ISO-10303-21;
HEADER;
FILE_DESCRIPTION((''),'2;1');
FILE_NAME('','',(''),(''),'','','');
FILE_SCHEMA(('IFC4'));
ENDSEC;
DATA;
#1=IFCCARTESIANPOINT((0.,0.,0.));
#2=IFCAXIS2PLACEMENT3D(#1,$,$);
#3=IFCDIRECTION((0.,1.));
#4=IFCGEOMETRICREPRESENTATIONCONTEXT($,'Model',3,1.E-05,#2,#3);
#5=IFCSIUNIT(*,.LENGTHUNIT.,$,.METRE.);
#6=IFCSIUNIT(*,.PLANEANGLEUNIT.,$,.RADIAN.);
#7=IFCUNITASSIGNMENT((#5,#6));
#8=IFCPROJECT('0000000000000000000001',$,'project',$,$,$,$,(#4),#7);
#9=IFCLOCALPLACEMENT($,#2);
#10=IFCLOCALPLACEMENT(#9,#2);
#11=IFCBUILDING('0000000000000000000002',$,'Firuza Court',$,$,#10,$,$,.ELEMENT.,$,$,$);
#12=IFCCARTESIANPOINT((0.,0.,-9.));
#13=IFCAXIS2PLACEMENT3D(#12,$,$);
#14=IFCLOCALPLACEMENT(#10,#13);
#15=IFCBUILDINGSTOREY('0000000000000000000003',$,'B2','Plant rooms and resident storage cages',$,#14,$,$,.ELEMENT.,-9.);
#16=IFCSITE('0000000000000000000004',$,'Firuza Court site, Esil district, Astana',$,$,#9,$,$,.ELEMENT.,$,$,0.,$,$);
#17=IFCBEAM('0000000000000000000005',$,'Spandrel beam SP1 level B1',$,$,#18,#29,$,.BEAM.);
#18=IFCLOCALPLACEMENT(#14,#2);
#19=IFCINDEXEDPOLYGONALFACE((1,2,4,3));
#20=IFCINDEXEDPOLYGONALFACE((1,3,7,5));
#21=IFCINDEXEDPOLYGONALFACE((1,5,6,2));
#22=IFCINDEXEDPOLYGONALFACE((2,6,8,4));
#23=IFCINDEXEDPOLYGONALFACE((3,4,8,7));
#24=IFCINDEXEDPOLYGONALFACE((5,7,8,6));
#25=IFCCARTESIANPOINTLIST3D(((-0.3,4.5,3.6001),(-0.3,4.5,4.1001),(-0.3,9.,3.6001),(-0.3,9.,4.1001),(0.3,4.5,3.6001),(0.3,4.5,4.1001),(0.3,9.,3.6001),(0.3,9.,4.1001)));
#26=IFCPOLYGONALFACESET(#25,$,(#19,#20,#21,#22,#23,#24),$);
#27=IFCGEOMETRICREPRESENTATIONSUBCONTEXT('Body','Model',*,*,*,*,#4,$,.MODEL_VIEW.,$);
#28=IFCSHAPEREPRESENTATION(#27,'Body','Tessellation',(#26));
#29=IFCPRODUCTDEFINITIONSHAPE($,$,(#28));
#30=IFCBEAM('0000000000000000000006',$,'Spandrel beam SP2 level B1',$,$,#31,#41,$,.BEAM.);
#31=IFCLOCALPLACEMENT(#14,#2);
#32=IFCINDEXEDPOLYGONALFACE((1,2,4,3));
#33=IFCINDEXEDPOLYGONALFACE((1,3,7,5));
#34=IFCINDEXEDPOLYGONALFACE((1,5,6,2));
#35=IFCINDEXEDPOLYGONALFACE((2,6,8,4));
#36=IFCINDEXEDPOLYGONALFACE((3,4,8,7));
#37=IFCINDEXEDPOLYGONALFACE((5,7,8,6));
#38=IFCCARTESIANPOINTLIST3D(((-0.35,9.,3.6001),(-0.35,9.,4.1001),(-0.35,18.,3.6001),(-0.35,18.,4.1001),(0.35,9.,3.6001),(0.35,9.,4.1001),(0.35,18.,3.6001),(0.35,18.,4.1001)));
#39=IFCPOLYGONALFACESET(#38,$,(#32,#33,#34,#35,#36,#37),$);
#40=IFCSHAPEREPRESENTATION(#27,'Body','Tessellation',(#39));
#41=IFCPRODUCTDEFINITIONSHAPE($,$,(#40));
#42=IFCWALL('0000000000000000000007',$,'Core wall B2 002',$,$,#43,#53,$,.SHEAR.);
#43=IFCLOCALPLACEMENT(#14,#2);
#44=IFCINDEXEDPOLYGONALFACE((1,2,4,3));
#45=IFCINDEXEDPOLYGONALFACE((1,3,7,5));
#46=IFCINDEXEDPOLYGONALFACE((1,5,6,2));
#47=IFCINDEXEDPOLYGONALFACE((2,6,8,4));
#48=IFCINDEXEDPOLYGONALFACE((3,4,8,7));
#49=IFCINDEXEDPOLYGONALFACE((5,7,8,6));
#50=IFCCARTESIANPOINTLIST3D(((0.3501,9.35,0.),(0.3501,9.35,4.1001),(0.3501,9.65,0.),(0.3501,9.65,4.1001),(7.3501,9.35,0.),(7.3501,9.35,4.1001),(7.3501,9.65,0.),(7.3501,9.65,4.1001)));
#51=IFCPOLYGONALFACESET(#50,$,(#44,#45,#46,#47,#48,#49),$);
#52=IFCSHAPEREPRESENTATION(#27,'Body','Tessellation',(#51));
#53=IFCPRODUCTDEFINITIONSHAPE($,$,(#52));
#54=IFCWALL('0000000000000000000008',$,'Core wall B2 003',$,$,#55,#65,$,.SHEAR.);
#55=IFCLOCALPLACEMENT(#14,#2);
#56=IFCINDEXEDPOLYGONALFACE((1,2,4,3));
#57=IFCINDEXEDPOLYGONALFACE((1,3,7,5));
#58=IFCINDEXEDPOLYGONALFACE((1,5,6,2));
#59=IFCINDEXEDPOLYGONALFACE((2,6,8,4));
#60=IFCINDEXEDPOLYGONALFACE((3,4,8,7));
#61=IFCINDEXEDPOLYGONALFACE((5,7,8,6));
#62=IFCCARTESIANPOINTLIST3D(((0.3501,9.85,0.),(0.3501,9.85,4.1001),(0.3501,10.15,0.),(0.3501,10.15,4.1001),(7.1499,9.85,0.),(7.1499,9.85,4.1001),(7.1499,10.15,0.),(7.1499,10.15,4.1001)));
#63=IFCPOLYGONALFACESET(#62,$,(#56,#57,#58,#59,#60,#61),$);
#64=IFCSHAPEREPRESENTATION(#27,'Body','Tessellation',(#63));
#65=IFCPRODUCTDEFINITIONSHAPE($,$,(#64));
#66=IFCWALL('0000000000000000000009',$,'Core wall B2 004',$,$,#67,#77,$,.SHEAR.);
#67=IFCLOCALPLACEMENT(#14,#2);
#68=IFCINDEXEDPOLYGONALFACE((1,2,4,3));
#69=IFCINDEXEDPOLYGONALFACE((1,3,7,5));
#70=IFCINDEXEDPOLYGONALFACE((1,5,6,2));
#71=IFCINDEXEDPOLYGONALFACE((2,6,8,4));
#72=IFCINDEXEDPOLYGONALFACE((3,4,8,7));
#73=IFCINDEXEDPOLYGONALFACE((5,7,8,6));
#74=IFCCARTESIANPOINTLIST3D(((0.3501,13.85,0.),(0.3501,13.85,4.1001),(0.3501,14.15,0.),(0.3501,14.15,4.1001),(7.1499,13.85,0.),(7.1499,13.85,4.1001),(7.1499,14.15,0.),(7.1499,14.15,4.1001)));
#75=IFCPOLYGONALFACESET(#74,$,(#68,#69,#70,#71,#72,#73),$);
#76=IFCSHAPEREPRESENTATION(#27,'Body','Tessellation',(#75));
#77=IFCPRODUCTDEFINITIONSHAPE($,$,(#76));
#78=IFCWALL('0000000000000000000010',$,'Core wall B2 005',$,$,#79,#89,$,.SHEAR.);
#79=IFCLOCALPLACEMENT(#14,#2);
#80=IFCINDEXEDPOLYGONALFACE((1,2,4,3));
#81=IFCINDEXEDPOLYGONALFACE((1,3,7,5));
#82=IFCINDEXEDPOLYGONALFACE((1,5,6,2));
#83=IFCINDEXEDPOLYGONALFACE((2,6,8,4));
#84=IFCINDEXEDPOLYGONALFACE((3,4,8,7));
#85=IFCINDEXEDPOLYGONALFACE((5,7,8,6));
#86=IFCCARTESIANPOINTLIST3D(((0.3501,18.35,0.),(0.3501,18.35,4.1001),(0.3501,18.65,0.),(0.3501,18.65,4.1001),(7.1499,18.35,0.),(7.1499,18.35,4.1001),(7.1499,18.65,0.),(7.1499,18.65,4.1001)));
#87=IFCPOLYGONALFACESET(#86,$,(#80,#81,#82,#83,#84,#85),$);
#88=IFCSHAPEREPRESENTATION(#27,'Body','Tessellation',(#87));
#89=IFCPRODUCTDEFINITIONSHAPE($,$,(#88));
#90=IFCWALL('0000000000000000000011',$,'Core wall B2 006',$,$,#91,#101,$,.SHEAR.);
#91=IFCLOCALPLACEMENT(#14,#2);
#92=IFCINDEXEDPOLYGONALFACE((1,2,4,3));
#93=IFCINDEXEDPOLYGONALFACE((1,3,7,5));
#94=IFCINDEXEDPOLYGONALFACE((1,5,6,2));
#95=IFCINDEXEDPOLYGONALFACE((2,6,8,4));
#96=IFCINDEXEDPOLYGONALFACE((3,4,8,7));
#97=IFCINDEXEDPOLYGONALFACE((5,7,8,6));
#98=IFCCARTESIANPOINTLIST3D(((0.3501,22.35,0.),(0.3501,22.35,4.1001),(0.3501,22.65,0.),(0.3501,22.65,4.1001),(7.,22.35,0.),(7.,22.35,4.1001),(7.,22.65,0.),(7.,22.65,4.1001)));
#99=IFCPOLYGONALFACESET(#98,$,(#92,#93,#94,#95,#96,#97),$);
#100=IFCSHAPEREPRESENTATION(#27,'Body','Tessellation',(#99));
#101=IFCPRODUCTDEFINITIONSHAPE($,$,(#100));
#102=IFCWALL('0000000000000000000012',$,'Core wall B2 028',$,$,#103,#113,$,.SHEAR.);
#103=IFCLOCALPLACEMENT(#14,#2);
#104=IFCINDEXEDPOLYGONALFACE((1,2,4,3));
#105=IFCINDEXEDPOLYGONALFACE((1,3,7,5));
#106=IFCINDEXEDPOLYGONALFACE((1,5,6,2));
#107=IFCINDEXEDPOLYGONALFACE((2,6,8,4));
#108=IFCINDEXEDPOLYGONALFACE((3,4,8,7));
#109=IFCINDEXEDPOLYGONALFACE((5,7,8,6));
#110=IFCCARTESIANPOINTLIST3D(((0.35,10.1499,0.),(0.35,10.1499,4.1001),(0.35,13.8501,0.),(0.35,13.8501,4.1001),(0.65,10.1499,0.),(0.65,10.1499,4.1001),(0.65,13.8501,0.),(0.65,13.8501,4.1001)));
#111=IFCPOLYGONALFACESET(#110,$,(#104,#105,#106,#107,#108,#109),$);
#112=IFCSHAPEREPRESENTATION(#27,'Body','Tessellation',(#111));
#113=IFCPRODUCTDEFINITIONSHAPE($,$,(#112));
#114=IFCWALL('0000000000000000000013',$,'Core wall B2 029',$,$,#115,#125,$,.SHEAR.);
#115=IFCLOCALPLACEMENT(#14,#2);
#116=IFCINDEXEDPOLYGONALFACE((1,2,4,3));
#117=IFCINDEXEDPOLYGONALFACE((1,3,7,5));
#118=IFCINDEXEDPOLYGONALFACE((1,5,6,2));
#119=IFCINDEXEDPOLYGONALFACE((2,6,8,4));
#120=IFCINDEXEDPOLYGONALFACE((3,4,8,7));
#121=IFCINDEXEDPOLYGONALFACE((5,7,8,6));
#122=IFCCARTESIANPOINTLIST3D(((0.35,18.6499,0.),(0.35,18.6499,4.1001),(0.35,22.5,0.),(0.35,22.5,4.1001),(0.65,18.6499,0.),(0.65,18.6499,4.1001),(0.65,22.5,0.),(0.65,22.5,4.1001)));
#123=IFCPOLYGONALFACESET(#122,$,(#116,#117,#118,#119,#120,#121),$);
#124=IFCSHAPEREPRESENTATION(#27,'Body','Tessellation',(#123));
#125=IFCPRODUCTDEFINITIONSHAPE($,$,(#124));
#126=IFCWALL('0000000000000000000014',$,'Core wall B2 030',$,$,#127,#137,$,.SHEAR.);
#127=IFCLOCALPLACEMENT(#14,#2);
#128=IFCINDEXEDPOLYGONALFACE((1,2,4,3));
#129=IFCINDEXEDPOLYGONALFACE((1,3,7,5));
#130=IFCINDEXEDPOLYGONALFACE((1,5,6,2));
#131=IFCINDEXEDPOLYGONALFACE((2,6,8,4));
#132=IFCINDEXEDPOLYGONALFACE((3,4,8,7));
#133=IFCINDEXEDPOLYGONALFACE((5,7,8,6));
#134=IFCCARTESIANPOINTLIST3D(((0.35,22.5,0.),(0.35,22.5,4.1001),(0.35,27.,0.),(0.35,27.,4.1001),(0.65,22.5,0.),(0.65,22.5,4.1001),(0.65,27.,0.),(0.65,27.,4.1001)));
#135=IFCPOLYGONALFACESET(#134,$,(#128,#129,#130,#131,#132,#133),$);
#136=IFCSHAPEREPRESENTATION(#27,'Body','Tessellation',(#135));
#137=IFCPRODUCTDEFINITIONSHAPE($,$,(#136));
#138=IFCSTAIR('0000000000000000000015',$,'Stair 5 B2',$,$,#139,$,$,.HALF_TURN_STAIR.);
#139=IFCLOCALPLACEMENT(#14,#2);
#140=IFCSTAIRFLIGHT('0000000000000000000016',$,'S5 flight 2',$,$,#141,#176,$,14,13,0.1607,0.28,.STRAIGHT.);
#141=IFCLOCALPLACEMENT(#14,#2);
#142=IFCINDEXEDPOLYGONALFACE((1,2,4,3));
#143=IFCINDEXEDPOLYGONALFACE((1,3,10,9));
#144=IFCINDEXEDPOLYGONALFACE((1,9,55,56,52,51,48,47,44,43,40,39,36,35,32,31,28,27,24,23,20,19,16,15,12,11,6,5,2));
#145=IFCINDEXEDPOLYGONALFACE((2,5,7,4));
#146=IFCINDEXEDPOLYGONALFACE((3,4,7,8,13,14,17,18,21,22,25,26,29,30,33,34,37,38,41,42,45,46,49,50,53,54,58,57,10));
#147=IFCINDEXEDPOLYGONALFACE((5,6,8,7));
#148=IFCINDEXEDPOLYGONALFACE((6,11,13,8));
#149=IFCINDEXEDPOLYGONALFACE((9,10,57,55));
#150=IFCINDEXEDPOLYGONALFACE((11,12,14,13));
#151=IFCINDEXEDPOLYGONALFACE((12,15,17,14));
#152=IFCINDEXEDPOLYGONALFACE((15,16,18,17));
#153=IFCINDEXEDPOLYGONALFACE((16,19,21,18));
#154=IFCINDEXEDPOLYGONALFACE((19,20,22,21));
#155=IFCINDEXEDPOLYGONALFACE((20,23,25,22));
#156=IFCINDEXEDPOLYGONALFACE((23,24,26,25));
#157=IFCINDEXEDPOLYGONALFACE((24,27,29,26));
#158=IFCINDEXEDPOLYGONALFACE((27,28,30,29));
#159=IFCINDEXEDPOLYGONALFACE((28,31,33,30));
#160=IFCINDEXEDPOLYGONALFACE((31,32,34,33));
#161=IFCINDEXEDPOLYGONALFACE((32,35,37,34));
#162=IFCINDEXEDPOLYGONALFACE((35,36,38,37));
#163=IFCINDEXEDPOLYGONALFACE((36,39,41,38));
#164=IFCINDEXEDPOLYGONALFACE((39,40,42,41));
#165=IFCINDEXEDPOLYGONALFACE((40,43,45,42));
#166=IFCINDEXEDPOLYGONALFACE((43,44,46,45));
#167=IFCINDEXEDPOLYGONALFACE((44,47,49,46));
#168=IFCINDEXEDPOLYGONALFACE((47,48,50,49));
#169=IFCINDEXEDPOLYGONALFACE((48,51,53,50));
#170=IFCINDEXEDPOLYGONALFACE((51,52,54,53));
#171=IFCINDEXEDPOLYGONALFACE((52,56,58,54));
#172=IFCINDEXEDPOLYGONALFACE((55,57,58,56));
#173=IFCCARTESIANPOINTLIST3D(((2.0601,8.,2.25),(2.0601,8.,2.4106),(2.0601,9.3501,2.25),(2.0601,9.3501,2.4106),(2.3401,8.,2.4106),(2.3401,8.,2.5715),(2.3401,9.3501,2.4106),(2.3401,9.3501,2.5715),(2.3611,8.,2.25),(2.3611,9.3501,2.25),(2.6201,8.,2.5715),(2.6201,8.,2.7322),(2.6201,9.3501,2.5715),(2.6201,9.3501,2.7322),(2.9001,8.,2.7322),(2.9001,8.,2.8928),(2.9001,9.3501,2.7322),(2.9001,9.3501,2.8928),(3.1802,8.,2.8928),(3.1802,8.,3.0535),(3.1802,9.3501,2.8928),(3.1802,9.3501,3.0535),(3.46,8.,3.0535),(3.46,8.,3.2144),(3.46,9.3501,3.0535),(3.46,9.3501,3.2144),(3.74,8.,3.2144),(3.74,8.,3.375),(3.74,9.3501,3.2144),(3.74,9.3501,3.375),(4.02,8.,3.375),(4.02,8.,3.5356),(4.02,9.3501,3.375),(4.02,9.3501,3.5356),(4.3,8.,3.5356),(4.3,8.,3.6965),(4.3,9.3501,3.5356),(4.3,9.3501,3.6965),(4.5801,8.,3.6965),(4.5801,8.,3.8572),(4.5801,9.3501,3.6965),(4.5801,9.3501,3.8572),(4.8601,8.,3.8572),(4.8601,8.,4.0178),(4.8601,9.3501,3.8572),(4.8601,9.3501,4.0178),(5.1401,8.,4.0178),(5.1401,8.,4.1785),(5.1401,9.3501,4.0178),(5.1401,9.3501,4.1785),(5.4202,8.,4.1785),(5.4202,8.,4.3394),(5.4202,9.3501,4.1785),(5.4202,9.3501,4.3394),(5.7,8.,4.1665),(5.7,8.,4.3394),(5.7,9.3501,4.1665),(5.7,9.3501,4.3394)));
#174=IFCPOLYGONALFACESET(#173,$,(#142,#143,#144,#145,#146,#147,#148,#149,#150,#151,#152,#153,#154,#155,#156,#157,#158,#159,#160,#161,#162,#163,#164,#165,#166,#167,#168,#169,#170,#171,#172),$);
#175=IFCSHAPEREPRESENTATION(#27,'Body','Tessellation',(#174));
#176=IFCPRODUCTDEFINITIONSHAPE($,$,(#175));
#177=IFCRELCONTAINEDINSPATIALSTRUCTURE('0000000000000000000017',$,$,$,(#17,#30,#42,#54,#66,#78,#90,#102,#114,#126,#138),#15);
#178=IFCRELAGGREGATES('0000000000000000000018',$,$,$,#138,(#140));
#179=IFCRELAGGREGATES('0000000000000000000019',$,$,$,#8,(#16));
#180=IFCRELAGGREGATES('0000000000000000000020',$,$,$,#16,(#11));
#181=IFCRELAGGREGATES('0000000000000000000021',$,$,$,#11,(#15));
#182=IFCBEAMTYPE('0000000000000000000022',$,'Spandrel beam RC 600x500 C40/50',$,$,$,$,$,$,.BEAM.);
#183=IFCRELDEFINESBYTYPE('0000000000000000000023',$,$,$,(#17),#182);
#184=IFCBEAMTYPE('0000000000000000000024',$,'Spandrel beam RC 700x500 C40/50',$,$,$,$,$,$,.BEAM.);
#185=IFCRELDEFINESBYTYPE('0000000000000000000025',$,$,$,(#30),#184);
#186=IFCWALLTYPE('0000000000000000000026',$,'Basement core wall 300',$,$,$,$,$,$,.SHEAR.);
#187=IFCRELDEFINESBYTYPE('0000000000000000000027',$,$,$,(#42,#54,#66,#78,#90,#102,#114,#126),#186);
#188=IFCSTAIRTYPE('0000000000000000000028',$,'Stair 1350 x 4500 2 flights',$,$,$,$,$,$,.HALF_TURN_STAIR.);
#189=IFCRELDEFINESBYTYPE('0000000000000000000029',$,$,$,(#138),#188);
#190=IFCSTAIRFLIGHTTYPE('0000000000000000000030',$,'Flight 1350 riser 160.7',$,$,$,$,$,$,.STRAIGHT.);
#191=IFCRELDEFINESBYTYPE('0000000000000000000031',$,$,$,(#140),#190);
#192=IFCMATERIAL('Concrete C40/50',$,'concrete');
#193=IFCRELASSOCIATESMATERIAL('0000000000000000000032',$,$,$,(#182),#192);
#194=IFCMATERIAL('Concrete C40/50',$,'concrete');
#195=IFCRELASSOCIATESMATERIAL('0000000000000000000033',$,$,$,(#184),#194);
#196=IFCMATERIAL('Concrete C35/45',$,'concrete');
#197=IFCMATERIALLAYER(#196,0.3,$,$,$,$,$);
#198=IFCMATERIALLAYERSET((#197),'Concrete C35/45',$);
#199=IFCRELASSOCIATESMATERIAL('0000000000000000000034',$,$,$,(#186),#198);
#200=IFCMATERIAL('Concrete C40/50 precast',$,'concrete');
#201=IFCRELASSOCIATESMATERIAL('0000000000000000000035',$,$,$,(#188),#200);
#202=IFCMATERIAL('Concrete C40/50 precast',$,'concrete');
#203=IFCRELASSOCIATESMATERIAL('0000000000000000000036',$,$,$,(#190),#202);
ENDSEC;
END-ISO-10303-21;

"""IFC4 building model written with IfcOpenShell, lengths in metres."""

from ifc_helpers import new_model, si_unit, direction, frame, frame_2d, origin, origin_2d, place, context, subcontext, project, spatial, polyline, rectangle, outline, extrude, material, layer, layer_set, material_profile, profile_set, type_object, element, aggregate, save


model = new_model("IFC4")

# Units and contexts
model_context = context("Model", 3, precision=1e-05, world=origin(), true_north=direction((0.0, 1.0)))
body_context = subcontext(model_context, "Body", "Model", "MODEL_VIEW")
ifc_project = project(units=[si_unit("LENGTHUNIT", "METRE"), si_unit("PLANEANGLEUNIT", "RADIAN")], contexts=[model_context])

# Site, building, storey
site_placement = place(None, origin())
site = spatial("IfcSite", under=ifc_project, at=site_placement, Name="Firuza Court site, Esil district, Astana", CompositionType="ELEMENT", RefElevation=0.0)
building_placement = place(site_placement, origin())
building = spatial("IfcBuilding", under=site, at=building_placement, Name="Firuza Court", CompositionType="ELEMENT")
storey_placement = place(building_placement, frame((0.0, 0.0, -9.0)))
storey = spatial("IfcBuildingStorey", under=building, at=storey_placement, Name="B2", Description="Plant rooms and resident storage cages", CompositionType="ELEMENT", Elevation=-9.0)

# Beams
ifc_material_1 = material(Name="Concrete C40/50", Category="concrete")
ifc_material_profile_1 = material_profile(ifc_material_1, rectangle(XDim=0.6001, YDim=0.5, at=origin_2d()), Name="RC 600x500")
ifc_profile_set_1 = profile_set([ifc_material_profile_1], Name="Concrete C40/50")
beam_type_1 = type_object("IfcBeamType", Name="Spandrel beam RC 600x500 C40/50", PredefinedType="BEAM", material=ifc_profile_set_1)
beam_1_placement = place(storey_placement, frame((0.0, 9.0, 3.8501), z_axis=(0.0, -1.0, 0.0), x_axis=(1.0, 0.0, 0.0)))
element("IfcBeam", 1, at=beam_1_placement, inside=storey, type_object=beam_type_1, Name="Spandrel beam SP1 level B1", PredefinedType="BEAM", context=body_context, shape_type="SweptSolid", body=[
    extrude(rectangle(XDim=0.6001, YDim=0.5, at=origin_2d()), origin(), (0.0, 0.0, 1.0), 4.5),
])
ifc_material_2 = material(Name="Concrete C40/50", Category="concrete")
ifc_material_profile_2 = material_profile(ifc_material_2, rectangle(XDim=0.7, YDim=0.5, at=origin_2d()), Name="RC 700x500")
ifc_profile_set_2 = profile_set([ifc_material_profile_2], Name="Concrete C40/50")
beam_type_2 = type_object("IfcBeamType", Name="Spandrel beam RC 700x500 C40/50", PredefinedType="BEAM", material=ifc_profile_set_2)
beam_2_placement = place(storey_placement, frame((0.0, 18.0, 3.8501), z_axis=(0.0, -1.0, 0.0), x_axis=(1.0, 0.0, 0.0)))
element("IfcBeam", 2, at=beam_2_placement, inside=storey, type_object=beam_type_2, Name="Spandrel beam SP2 level B1", PredefinedType="BEAM", context=body_context, shape_type="SweptSolid", body=[
    extrude(rectangle(XDim=0.7, YDim=0.5, at=origin_2d()), origin(), (0.0, 0.0, 1.0), 9.0),
])

# Walls
ifc_material_3 = material(Name="Concrete C35/45", Category="concrete")
ifc_layer = layer(ifc_material_3, 0.3)
ifc_layer_set = layer_set([ifc_layer], Name="Concrete C35/45")
wall_type = type_object("IfcWallType", Name="Basement core wall 300", PredefinedType="SHEAR", material=ifc_layer_set)
wall_1_placement = place(storey_placement, frame((0.3501, 9.5, 0.0), z_axis=(0.0, 0.0, 1.0), x_axis=(1.0, 0.0, 0.0)))
element("IfcWall", 3, at=wall_1_placement, inside=storey, type_object=wall_type, Name="Core wall B2 002", PredefinedType="SHEAR", context=body_context, shape_type="SweptSolid", body=[
    extrude(rectangle(XDim=7.0, YDim=0.3, at=frame_2d((3.5, 0.0))), origin(), (0.0, 0.0, 1.0), 4.1001),
])
for number, where, z_axis, x_axis, name in (
    (4, (0.3501, 10.0, 0.0), (0.0, 0.0, 1.0), (1.0, 0.0, 0.0), "Core wall B2 003"),
    (5, (0.3501, 14.0, 0.0), (0.0, 0.0, 1.0), (1.0, 0.0, 0.0), "Core wall B2 004"),
    (6, (0.3501, 18.5, 0.0), (0.0, 0.0, 1.0), (1.0, 0.0, 0.0), "Core wall B2 005"),
):
    element("IfcWall", number, at=place(storey_placement, frame(where, z_axis=z_axis, x_axis=x_axis)), inside=storey, type_object=wall_type, Name=name, PredefinedType="SHEAR", context=body_context, shape_type="SweptSolid", body=[
        extrude(rectangle(XDim=6.7998, YDim=0.3, at=frame_2d((3.3999, 0.0))), origin(), (0.0, 0.0, 1.0), 4.1001),
    ])
wall_2_placement = place(storey_placement, frame((0.3501, 22.5, 0.0), z_axis=(0.0, 0.0, 1.0), x_axis=(1.0, 0.0, 0.0)))
element("IfcWall", 7, at=wall_2_placement, inside=storey, type_object=wall_type, Name="Core wall B2 006", PredefinedType="SHEAR", context=body_context, shape_type="SweptSolid", body=[
    extrude(rectangle(XDim=6.6499, YDim=0.3, at=frame_2d((3.325, 0.0))), origin(), (0.0, 0.0, 1.0), 4.1001),
])
wall_3_placement = place(storey_placement, frame((0.5, 10.1499, 0.0), z_axis=(0.0, 0.0, 1.0), x_axis=(0.0, 1.0, 0.0)))
element("IfcWall", 8, at=wall_3_placement, inside=storey, type_object=wall_type, Name="Core wall B2 028", PredefinedType="SHEAR", context=body_context, shape_type="SweptSolid", body=[
    extrude(rectangle(XDim=3.7002, YDim=0.3, at=frame_2d((1.8501, 0.0))), origin(), (0.0, 0.0, 1.0), 4.1001),
])
wall_4_placement = place(storey_placement, frame((0.5, 18.6499, 0.0), z_axis=(0.0, 0.0, 1.0), x_axis=(0.0, 1.0, 0.0)))
element("IfcWall", 9, at=wall_4_placement, inside=storey, type_object=wall_type, Name="Core wall B2 029", PredefinedType="SHEAR", context=body_context, shape_type="SweptSolid", body=[
    extrude(rectangle(XDim=3.8501, YDim=0.3, at=frame_2d((1.925, 0.0))), origin(), (0.0, 0.0, 1.0), 4.1001),
])
wall_5_placement = place(storey_placement, frame((0.5, 22.5, 0.0), z_axis=(0.0, 0.0, 1.0), x_axis=(0.0, 1.0, 0.0)))
element("IfcWall", 10, at=wall_5_placement, inside=storey, type_object=wall_type, Name="Core wall B2 030", PredefinedType="SHEAR", context=body_context, shape_type="SweptSolid", body=[
    extrude(rectangle(XDim=4.5, YDim=0.3, at=frame_2d((2.25, 0.0))), origin(), (0.0, 0.0, 1.0), 4.1001),
])

# Stair, stair flight
ifc_material_4 = material(Name="Concrete C40/50 precast", Category="concrete")
stair_type = type_object("IfcStairType", Name="Stair 1350 x 4500 2 flights", PredefinedType="HALF_TURN_STAIR", material=ifc_material_4)
stair_placement = place(storey_placement, origin())
stair = element("IfcStair", 11, at=stair_placement, inside=storey, type_object=stair_type, Name="Stair 5 B2", PredefinedType="HALF_TURN_STAIR")
ifc_material_5 = material(Name="Concrete C40/50 precast", Category="concrete")
stair_flight_type = type_object("IfcStairFlightType", Name="Flight 1350 riser 160.7", PredefinedType="STRAIGHT", material=ifc_material_5)
stair_flight_placement = place(storey_placement, frame((2.0601, 8.675, 2.25), z_axis=(0.0, 0.0, 1.0), x_axis=(1.0, 0.0, 0.0)))
stair_flight = element("IfcStairFlight", 12, at=stair_flight_placement, type_object=stair_flight_type, Name="S5 flight 2", NumberOfRisers=14, NumberOfTreads=13, PredefinedType="STRAIGHT", RiserHeight=0.1607, TreadLength=0.28, context=body_context, shape_type="SweptSolid", body=[
    extrude(outline(polyline([(0.0, 0.0), (0.0, 0.1606), (0.28, 0.1606), (0.28, 0.3215), (0.5601, 0.3215), (0.5601, 0.4822), (0.8401, 0.4822), (0.8401, 0.6428), (1.1201, 0.6428), (1.1201, 0.8035), (1.3999, 0.8035), (1.3999, 0.9644), (1.6799, 0.9644), (1.6799, 1.125), (1.96, 1.125), (1.96, 1.2856), (2.24, 1.2856), (2.24, 1.4465), (2.52, 1.4465), (2.52, 1.6072), (2.8, 1.6072), (2.8, 1.7678), (3.0801, 1.7678), (3.0801, 1.9285), (3.3601, 1.9285), (3.3601, 2.0894), (3.6399, 2.0894), (3.6399, 2.25), (3.6399, 1.9165), (0.301, 0.0), (0.0, 0.0)])), frame((0.0, 0.675, 0.0), z_axis=(0.0, -1.0, 0.0), x_axis=(1.0, 0.0, 0.0)), (0.0, 0.0, 1.0), 1.3501),
])
aggregate(stair, [stair_flight])

save(model, "model.ifc")
